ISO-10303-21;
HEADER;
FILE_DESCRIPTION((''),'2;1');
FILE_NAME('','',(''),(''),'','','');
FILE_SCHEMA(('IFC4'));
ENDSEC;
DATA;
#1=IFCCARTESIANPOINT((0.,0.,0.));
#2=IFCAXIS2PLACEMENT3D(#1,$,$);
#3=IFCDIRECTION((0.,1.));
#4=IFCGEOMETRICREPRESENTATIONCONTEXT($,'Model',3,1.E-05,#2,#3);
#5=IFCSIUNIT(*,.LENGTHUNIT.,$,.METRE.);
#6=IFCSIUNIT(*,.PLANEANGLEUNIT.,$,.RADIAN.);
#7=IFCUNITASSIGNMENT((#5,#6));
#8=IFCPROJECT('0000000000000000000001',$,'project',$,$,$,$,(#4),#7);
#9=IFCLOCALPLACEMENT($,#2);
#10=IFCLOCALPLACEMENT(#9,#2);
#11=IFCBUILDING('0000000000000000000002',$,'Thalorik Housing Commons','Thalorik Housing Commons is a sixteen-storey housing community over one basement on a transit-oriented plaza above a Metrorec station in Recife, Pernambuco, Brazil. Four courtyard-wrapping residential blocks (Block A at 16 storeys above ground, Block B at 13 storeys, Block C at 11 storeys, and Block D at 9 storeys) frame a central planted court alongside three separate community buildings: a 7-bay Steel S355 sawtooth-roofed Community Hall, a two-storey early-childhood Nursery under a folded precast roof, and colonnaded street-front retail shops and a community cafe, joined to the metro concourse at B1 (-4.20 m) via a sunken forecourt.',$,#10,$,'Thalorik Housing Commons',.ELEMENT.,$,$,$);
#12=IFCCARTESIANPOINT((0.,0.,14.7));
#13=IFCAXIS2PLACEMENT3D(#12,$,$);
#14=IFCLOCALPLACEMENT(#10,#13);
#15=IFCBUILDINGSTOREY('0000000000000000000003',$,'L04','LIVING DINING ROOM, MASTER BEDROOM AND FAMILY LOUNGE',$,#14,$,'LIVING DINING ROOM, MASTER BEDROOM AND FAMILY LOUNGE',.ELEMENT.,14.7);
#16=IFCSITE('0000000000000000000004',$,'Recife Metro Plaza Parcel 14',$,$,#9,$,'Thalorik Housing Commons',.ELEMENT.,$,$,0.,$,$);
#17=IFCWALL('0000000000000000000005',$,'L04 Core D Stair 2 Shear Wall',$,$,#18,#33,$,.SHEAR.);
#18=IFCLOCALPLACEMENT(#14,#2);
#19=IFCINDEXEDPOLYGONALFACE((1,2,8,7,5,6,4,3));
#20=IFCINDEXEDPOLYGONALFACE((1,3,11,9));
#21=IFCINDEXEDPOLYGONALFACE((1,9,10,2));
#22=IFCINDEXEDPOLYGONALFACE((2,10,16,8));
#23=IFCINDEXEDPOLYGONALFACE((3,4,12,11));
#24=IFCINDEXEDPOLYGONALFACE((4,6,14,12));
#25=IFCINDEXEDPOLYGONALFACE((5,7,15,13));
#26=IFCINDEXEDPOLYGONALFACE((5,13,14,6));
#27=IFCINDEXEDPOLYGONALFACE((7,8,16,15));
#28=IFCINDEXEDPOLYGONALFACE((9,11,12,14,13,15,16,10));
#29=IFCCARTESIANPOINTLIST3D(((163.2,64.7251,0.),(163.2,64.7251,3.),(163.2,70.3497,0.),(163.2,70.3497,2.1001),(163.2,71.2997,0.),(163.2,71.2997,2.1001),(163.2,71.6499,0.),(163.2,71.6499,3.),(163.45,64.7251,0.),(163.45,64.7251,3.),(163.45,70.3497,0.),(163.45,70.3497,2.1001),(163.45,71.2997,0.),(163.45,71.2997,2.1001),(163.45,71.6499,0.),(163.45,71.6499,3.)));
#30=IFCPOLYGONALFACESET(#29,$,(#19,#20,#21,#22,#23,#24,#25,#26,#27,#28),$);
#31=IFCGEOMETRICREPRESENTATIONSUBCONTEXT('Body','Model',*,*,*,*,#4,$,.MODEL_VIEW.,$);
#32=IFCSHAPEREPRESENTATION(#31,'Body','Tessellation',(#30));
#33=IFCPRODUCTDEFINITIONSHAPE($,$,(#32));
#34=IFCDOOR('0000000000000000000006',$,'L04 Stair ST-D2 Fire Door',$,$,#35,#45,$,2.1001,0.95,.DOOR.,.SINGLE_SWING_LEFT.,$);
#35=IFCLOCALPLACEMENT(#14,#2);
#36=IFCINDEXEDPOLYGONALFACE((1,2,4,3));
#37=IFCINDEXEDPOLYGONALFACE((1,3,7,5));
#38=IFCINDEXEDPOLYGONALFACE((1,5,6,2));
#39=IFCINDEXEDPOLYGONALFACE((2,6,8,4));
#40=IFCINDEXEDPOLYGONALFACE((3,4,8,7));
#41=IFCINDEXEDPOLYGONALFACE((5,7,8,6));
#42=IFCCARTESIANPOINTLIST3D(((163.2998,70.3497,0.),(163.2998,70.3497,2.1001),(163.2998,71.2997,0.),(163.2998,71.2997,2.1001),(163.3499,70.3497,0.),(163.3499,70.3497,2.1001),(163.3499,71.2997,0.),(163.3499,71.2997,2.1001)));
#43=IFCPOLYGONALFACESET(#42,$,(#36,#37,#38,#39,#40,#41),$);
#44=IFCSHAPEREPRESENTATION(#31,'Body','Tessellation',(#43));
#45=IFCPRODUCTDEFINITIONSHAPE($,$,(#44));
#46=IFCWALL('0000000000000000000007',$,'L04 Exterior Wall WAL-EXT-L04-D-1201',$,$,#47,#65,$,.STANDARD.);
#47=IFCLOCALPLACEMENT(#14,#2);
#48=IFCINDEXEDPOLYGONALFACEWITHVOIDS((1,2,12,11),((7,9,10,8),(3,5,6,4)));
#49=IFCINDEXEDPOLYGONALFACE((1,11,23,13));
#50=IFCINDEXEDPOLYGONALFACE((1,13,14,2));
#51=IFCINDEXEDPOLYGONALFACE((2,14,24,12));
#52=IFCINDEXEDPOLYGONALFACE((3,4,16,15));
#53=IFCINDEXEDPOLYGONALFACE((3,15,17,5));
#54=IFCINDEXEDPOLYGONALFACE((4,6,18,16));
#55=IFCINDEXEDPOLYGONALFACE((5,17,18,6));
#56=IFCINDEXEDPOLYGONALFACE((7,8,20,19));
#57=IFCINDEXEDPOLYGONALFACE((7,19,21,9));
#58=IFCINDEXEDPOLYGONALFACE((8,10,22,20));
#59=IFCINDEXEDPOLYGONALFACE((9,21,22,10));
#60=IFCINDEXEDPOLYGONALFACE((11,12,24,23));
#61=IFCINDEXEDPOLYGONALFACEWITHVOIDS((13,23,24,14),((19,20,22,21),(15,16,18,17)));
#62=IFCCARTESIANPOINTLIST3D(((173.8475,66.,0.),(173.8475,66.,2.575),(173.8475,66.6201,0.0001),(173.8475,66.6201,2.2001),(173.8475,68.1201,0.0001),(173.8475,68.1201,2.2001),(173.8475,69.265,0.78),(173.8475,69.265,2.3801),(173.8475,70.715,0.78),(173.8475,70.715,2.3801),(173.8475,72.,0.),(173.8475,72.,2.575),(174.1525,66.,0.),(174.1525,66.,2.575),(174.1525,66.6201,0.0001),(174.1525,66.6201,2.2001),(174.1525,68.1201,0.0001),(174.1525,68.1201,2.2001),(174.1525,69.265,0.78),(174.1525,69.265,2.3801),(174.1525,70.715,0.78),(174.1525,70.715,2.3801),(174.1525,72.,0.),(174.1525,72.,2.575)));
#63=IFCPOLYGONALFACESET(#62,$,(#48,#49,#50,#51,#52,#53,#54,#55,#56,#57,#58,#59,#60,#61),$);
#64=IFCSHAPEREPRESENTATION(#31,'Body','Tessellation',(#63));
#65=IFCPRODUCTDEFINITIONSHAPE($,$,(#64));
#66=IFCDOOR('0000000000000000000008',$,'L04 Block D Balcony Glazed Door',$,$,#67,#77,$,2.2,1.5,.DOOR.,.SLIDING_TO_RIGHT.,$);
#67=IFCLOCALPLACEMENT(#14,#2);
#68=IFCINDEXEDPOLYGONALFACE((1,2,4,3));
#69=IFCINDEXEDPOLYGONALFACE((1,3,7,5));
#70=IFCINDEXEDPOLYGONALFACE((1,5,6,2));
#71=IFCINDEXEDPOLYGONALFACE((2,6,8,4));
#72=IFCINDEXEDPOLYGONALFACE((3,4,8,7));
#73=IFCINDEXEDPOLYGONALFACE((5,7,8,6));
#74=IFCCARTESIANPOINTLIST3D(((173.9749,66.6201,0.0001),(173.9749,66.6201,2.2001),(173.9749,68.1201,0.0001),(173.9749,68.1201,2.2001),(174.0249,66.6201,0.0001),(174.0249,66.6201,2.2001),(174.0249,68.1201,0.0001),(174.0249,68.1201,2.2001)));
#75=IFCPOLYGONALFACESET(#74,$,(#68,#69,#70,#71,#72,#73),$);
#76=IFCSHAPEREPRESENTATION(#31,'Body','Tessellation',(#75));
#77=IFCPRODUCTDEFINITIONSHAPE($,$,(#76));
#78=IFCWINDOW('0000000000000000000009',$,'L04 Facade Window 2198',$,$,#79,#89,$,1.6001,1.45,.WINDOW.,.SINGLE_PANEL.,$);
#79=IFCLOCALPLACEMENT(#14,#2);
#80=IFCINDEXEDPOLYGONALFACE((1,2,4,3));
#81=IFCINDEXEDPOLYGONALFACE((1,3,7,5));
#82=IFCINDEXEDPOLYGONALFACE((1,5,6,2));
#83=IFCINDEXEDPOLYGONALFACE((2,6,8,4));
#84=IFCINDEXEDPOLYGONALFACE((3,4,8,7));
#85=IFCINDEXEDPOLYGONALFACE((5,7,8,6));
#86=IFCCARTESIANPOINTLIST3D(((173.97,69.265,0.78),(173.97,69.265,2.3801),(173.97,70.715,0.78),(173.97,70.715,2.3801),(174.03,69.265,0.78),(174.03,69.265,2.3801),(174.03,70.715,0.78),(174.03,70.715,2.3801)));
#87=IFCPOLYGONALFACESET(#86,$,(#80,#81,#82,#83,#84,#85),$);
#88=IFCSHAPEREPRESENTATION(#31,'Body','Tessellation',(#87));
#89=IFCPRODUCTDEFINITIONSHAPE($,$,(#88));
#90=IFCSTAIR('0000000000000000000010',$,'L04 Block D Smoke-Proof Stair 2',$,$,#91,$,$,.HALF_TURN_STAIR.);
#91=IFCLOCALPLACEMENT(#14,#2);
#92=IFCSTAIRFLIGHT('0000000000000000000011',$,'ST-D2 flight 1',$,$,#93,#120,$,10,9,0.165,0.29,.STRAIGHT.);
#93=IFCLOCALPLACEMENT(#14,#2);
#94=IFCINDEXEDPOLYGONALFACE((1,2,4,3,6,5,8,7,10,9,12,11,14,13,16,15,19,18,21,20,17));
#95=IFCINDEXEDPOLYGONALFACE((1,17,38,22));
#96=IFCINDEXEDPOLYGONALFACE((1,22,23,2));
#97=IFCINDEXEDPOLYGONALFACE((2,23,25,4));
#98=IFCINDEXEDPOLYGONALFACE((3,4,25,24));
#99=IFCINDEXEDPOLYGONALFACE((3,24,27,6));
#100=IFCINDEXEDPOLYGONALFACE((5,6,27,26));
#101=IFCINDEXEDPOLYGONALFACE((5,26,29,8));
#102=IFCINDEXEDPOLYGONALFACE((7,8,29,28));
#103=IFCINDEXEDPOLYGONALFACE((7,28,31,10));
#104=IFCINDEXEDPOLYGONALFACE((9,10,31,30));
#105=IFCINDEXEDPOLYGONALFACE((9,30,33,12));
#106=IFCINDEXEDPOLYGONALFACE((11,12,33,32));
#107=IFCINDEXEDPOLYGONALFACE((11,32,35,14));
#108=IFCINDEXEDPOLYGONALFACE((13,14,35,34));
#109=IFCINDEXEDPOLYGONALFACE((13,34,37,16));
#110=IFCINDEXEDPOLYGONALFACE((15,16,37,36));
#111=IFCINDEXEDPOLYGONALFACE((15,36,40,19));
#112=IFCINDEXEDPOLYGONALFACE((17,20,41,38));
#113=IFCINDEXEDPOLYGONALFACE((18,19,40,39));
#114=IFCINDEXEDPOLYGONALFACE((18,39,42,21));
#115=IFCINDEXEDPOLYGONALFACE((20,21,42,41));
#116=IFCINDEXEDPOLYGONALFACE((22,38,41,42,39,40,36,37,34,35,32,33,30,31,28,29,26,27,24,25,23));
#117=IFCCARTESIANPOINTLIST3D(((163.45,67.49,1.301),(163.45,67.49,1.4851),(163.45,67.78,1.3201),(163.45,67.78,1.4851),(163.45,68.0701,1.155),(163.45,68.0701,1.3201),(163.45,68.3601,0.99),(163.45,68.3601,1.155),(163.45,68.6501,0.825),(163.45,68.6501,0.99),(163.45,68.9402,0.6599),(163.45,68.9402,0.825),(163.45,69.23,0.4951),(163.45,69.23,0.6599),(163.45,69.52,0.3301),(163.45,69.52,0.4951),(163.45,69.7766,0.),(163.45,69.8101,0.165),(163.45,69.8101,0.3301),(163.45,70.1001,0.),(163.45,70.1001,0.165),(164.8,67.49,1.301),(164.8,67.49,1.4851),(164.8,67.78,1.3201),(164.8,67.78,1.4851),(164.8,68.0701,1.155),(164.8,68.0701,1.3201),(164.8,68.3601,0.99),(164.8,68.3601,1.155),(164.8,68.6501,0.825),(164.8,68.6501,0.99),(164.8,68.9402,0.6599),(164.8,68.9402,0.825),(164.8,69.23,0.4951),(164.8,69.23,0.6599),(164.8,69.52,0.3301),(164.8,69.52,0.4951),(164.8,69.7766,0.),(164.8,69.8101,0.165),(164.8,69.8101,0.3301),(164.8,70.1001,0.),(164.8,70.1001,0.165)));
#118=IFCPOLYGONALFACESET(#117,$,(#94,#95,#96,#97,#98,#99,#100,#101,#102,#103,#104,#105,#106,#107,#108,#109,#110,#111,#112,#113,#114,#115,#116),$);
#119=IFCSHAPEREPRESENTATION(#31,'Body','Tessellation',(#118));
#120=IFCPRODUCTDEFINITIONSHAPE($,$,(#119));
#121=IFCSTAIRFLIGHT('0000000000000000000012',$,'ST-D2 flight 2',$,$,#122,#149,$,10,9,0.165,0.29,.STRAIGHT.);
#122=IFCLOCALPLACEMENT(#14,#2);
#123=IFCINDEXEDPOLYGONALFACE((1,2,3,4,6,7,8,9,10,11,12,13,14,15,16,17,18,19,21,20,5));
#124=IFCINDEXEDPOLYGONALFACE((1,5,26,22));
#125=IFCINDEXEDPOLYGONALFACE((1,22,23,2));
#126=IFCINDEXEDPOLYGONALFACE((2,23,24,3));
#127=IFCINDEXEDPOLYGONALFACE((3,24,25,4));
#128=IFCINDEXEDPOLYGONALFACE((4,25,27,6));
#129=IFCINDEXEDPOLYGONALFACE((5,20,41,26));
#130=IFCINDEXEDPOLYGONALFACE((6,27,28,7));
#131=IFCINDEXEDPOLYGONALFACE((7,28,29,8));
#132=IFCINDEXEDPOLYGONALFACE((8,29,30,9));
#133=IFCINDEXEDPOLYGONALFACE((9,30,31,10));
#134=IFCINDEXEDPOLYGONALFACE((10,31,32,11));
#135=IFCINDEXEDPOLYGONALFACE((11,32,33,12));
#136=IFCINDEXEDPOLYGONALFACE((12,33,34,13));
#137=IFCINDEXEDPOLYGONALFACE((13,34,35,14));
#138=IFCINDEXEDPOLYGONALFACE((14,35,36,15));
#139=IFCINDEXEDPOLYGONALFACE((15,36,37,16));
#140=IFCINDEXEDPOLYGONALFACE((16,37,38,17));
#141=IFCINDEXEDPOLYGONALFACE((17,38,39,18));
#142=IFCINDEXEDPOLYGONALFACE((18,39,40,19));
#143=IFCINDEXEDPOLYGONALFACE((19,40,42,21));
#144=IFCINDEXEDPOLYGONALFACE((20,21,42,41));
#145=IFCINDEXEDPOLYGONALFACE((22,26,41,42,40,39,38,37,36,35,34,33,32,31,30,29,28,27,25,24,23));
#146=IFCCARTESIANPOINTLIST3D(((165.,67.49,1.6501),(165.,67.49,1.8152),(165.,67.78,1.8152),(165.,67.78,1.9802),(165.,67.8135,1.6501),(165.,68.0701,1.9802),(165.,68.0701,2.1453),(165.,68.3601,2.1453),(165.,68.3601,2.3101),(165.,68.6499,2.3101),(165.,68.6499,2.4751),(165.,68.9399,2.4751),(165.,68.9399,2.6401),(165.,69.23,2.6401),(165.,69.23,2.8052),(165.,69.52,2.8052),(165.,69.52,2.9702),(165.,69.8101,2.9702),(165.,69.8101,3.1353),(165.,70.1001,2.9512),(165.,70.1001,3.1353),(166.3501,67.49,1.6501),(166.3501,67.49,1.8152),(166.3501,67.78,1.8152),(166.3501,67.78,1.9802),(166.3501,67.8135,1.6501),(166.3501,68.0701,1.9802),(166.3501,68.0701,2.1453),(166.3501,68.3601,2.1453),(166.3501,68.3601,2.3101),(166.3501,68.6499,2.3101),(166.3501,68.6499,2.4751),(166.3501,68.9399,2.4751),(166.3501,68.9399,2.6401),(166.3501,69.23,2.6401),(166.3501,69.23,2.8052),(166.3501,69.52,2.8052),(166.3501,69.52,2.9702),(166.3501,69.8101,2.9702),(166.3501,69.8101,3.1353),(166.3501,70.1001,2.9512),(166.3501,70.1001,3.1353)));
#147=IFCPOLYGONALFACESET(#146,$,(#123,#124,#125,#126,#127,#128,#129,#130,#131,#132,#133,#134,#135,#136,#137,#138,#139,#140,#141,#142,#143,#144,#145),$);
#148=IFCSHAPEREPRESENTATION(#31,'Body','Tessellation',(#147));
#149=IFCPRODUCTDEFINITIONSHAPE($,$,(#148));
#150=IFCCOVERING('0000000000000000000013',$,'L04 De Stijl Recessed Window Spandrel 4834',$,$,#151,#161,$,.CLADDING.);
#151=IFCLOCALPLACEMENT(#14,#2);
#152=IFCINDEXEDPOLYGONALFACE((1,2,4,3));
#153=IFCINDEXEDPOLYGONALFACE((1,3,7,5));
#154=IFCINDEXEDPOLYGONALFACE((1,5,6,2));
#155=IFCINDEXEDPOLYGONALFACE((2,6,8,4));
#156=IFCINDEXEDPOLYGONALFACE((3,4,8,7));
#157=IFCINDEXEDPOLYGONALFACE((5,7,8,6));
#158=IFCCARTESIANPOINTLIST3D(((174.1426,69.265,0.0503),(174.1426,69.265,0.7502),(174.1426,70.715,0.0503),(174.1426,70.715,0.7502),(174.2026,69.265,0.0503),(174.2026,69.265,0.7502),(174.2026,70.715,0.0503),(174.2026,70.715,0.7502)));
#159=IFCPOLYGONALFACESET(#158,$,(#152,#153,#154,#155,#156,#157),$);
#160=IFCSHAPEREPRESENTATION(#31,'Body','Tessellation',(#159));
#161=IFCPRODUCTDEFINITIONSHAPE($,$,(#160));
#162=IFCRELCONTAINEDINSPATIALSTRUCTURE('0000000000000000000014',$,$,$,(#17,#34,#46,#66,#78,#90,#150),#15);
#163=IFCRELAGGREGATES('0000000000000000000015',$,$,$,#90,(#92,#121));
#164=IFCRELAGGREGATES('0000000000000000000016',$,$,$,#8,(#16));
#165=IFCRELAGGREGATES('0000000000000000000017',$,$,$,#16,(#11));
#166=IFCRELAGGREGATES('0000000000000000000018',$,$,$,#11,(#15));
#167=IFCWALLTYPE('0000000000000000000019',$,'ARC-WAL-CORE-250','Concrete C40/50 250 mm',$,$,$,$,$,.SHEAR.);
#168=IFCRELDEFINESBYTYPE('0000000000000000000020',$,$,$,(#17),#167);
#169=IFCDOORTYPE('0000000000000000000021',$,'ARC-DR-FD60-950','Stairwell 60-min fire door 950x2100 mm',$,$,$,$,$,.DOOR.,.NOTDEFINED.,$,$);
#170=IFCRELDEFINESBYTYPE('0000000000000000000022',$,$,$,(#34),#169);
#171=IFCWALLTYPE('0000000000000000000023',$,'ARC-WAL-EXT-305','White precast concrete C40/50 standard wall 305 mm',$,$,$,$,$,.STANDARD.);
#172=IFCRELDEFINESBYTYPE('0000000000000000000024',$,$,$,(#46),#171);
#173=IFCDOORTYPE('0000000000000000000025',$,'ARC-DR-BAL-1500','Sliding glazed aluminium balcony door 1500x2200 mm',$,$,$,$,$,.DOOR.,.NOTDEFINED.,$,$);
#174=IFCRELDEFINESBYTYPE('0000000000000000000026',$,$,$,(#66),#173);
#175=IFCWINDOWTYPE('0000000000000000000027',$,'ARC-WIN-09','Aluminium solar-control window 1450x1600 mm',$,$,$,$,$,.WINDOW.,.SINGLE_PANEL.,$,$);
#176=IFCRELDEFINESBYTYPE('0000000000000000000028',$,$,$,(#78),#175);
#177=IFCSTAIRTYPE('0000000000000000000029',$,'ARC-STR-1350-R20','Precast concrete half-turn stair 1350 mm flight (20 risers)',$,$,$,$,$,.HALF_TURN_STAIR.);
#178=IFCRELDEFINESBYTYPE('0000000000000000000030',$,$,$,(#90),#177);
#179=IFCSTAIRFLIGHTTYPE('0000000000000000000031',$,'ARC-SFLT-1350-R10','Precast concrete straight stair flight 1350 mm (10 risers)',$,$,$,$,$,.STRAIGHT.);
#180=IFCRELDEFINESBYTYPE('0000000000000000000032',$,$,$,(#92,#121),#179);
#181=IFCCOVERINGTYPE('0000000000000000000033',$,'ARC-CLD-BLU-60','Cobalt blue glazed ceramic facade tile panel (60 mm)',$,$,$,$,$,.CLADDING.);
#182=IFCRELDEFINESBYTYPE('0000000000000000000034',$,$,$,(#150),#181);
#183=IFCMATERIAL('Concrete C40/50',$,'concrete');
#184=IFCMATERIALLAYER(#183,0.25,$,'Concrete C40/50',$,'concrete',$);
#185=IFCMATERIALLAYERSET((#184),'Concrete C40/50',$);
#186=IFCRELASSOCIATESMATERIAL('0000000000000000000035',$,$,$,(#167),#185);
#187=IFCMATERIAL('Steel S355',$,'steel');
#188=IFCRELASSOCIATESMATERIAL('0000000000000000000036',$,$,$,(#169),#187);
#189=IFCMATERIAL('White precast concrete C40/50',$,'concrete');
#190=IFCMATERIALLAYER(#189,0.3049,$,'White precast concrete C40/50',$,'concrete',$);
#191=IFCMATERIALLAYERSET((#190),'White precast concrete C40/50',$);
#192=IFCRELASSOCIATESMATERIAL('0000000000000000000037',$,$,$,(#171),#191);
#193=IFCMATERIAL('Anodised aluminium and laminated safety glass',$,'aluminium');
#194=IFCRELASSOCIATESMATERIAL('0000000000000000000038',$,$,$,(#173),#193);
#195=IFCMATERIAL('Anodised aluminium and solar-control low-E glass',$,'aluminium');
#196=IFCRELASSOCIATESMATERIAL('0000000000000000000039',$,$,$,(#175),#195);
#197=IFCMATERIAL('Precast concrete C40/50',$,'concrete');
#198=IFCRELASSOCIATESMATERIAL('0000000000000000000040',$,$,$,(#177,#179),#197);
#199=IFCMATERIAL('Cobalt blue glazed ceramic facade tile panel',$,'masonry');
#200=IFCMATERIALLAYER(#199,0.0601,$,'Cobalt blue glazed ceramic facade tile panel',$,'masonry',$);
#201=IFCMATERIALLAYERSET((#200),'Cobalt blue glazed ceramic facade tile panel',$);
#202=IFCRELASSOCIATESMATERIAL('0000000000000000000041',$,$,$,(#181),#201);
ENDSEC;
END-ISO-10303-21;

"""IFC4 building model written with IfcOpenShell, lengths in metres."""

from ifc_helpers import new_model, si_unit, direction, frame, frame_2d, origin, origin_2d, place, context, subcontext, project, spatial, polyline, rectangle, outline, extrude, material, layer, layer_set, type_object, element, fill, aggregate, save


model = new_model("IFC4")

# Units and contexts
model_context = context("Model", 3, precision=1e-05, world=origin(), true_north=direction((0.0, 1.0)))
body_context = subcontext(model_context, "Body", "Model", "MODEL_VIEW")
ifc_project = project(units=[si_unit("LENGTHUNIT", "METRE"), si_unit("PLANEANGLEUNIT", "RADIAN")], contexts=[model_context])

# Site, building, storey
site_placement = place(None, origin())
site = spatial("IfcSite", under=ifc_project, at=site_placement, Name="Recife Metro Plaza Parcel 14", LongName="Thalorik Housing Commons", CompositionType="ELEMENT", RefElevation=0.0)
building_placement = place(site_placement, origin())
building = spatial("IfcBuilding", under=site, at=building_placement, Name="Thalorik Housing Commons", Description="Thalorik Housing Commons is a sixteen-storey housing community over one basement on a transit-oriented plaza above a Metrorec station in Recife, Pernambuco, Brazil. Four courtyard-wrapping residential blocks (Block A at 16 storeys above ground, Block B at 13 storeys, Block C at 11 storeys, and Block D at 9 storeys) frame a central planted court alongside three separate community buildings: a 7-bay Steel S355 sawtooth-roofed Community Hall, a two-storey early-childhood Nursery under a folded precast roof, and colonnaded street-front retail shops and a community cafe, joined to the metro concourse at B1 (-4.20 m) via a sunken forecourt.", LongName="Thalorik Housing Commons", CompositionType="ELEMENT")
storey_placement = place(building_placement, frame((0.0, 0.0, 14.7)))
storey = spatial("IfcBuildingStorey", under=building, at=storey_placement, Name="L04", Description="LIVING DINING ROOM, MASTER BEDROOM AND FAMILY LOUNGE", LongName="LIVING DINING ROOM, MASTER BEDROOM AND FAMILY LOUNGE", CompositionType="ELEMENT", Elevation=14.7)

# Shared definitions
ifc_material_1 = material(Name="Precast concrete C40/50", Category="concrete")

# Shared definitions
ifc_material_2 = material(Name="Anodised aluminium and solar-control low-E glass", Category="aluminium")

# Shared definitions
ifc_material_3 = material(Name="Concrete C40/50", Category="concrete")
ifc_layer_1 = layer(ifc_material_3, 0.25, Name="Concrete C40/50", Category="concrete")
ifc_layer_set_1 = layer_set([ifc_layer_1], Name="Concrete C40/50")
wall_type_1 = type_object("IfcWallType", Name="ARC-WAL-CORE-250", Description="Concrete C40/50 250 mm", PredefinedType="SHEAR", material=ifc_layer_set_1)

# Wall, opening, door
wall_1_placement = place(storey_placement, frame((163.325, 71.6499, 0.0), z_axis=(0.0, 0.0, 1.0), x_axis=(0.0, -1.0, 0.0)))
wall_1 = element("IfcWall", 1, at=wall_1_placement, inside=storey, type_object=wall_type_1, Name="L04 Core D Stair 2 Shear Wall", PredefinedType="SHEAR", context=body_context, shape_type="SweptSolid", body=[
    extrude(rectangle(XDim=6.9248, YDim=0.25, at=frame_2d((3.4624, 0.0))), origin(), (0.0, 0.0, 1.0), 3.0),
])
opening_1_placement = place(wall_1_placement, frame((0.3501, 0.0, 0.0)))
opening_1 = element("IfcOpeningElement", 2, at=opening_1_placement, cuts=wall_1, PredefinedType="OPENING", context=body_context, shape_type="SweptSolid", body=[
    extrude(rectangle(XDim=0.95, YDim=2.1001, at=frame_2d((0.4751, 1.05))), frame((0.0, 0.135, 0.0), z_axis=(0.0, -1.0, 0.0), x_axis=(1.0, 0.0, 0.0)), (0.0, 0.0, 1.0), 0.27),
])
ifc_material_4 = material(Name="Steel S355", Category="steel")
door_type_1 = type_object("IfcDoorType", Name="ARC-DR-FD60-950", Description="Stairwell 60-min fire door 950x2100 mm", OperationType="NOTDEFINED", PredefinedType="DOOR", material=ifc_material_4)
door_1_placement = place(opening_1_placement, origin())
door_1 = element("IfcDoor", 3, at=door_1_placement, inside=storey, type_object=door_type_1, Name="L04 Stair ST-D2 Fire Door", OperationType="SINGLE_SWING_LEFT", OverallHeight=2.1001, OverallWidth=0.95, PredefinedType="DOOR", context=body_context, shape_type="SweptSolid", body=[
    extrude(rectangle(XDim=0.95, YDim=2.1001, at=frame_2d((0.4751, 1.05))), frame((0.0, 0.0249, 0.0), z_axis=(0.0, -1.0, 0.0), x_axis=(1.0, 0.0, 0.0)), (0.0, 0.0, 1.0), 0.05),
])
fill(opening_1, door_1)

# Wall, openings, door, window
ifc_material_5 = material(Name="White precast concrete C40/50", Category="concrete")
ifc_layer_2 = layer(ifc_material_5, 0.3049, Name="White precast concrete C40/50", Category="concrete")
ifc_layer_set_2 = layer_set([ifc_layer_2], Name="White precast concrete C40/50")
wall_type_2 = type_object("IfcWallType", Name="ARC-WAL-EXT-305", Description="White precast concrete C40/50 standard wall 305 mm", PredefinedType="STANDARD", material=ifc_layer_set_2)
wall_2_placement = place(storey_placement, frame((174.0, 66.0, 0.0), z_axis=(0.0, 0.0, 1.0), x_axis=(0.0, 1.0, 0.0)))
wall_2 = element("IfcWall", 4, at=wall_2_placement, inside=storey, type_object=wall_type_2, Name="L04 Exterior Wall WAL-EXT-L04-D-1201", PredefinedType="STANDARD", context=body_context, shape_type="SweptSolid", body=[
    extrude(rectangle(XDim=6.0, YDim=0.3049, at=frame_2d((3.0, 0.0))), origin(), (0.0, 0.0, 1.0), 2.575),
])
opening_2_placement = place(wall_2_placement, frame((0.6201, 0.0, 0.0)))
opening_2 = element("IfcOpeningElement", 5, at=opening_2_placement, cuts=wall_2, PredefinedType="OPENING", context=body_context, shape_type="SweptSolid", body=[
    extrude(rectangle(XDim=1.5, YDim=2.2, at=frame_2d((0.75, 1.1001))), frame((0.0, 0.1626, 0.0), z_axis=(0.0, -1.0, 0.0), x_axis=(1.0, 0.0, 0.0)), (0.0, 0.0, 1.0), 0.325),
])
opening_3_placement = place(wall_2_placement, frame((3.2649, 0.0, 0.78)))
opening_3 = element("IfcOpeningElement", 6, at=opening_3_placement, cuts=wall_2, PredefinedType="OPENING", context=body_context, shape_type="SweptSolid", body=[
    extrude(rectangle(XDim=1.45, YDim=1.6001, at=frame_2d((0.7251, 0.8))), frame((0.0, 0.1626, 0.0), z_axis=(0.0, -1.0, 0.0), x_axis=(1.0, 0.0, 0.0)), (0.0, 0.0, 1.0), 0.325),
])
ifc_material_6 = material(Name="Anodised aluminium and laminated safety glass", Category="aluminium")
door_type_2 = type_object("IfcDoorType", Name="ARC-DR-BAL-1500", Description="Sliding glazed aluminium balcony door 1500x2200 mm", OperationType="NOTDEFINED", PredefinedType="DOOR", material=ifc_material_6)
door_2_placement = place(opening_2_placement, frame((1.5, 0.0, 0.0), z_axis=(0.0, 0.0, 1.0), x_axis=(-1.0, 0.0, 0.0)))
door_2 = element("IfcDoor", 7, at=door_2_placement, inside=storey, type_object=door_type_2, Name="L04 Block D Balcony Glazed Door", OperationType="SLIDING_TO_RIGHT", OverallHeight=2.2, OverallWidth=1.5, PredefinedType="DOOR", context=body_context, shape_type="SweptSolid", body=[
    extrude(rectangle(XDim=1.5, YDim=2.2, at=frame_2d((0.75, 1.1001))), frame((0.0, 0.0249, 0.0), z_axis=(0.0, -1.0, 0.0), x_axis=(1.0, 0.0, 0.0)), (0.0, 0.0, 1.0), 0.05),
])
fill(opening_2, door_2)
window_type = type_object("IfcWindowType", Name="ARC-WIN-09", Description="Aluminium solar-control window 1450x1600 mm", PartitioningType="SINGLE_PANEL", PredefinedType="WINDOW", material=ifc_material_2)
window_placement = place(opening_3_placement, origin())
window = element("IfcWindow", 8, at=window_placement, inside=storey, type_object=window_type, Name="L04 Facade Window 2198", OverallHeight=1.6001, OverallWidth=1.45, PartitioningType="SINGLE_PANEL", PredefinedType="WINDOW", context=body_context, shape_type="SweptSolid", body=[
    extrude(rectangle(XDim=1.45, YDim=1.6001, at=frame_2d((0.7251, 0.8))), frame((0.0, 0.03, 0.0), z_axis=(0.0, -1.0, 0.0), x_axis=(1.0, 0.0, 0.0)), (0.0, 0.0, 1.0), 0.0601),
])
fill(opening_3, window)

# Stair, stair flights
stair_type = type_object("IfcStairType", Name="ARC-STR-1350-R20", Description="Precast concrete half-turn stair 1350 mm flight (20 risers)", PredefinedType="HALF_TURN_STAIR", material=ifc_material_1)
stair_placement = place(storey_placement, origin())
stair = element("IfcStair", 9, at=stair_placement, inside=storey, type_object=stair_type, Name="L04 Block D Smoke-Proof Stair 2", PredefinedType="HALF_TURN_STAIR")
stair_flight_type = type_object("IfcStairFlightType", Name="ARC-SFLT-1350-R10", Description="Precast concrete straight stair flight 1350 mm (10 risers)", PredefinedType="STRAIGHT", material=ifc_material_1)
stair_flight_1_placement = place(storey_placement, frame((164.125, 70.1001, 0.0), z_axis=(0.0, 0.0, 1.0), x_axis=(0.0, -1.0, 0.0)))
stair_flight_1 = element("IfcStairFlight", 10, at=stair_flight_1_placement, type_object=stair_flight_type, Name="ST-D2 flight 1", NumberOfRisers=10, NumberOfTreads=9, PredefinedType="STRAIGHT", RiserHeight=0.165, TreadLength=0.29, context=body_context, shape_type="SweptSolid", body=[
    extrude(outline(polyline([(0.0, 0.0), (0.0, 0.165), (0.29, 0.165), (0.29, 0.3301), (0.5801, 0.3301), (0.5801, 0.4951), (0.8701, 0.4951), (0.8701, 0.6599), (1.1599, 0.6599), (1.1599, 0.825), (1.45, 0.825), (1.45, 0.99), (1.74, 0.99), (1.74, 1.155), (2.03, 1.155), (2.03, 1.3201), (2.3201, 1.3201), (2.3201, 1.4851), (2.6101, 1.4851), (2.6101, 1.6499), (2.6101, 1.301), (0.3235, 0.0), (0.0, 0.0)])), frame((0.0, 0.675, 0.0), z_axis=(0.0, -1.0, 0.0), x_axis=(1.0, 0.0, 0.0)), (0.0, 0.0, 1.0), 1.3501),
])
stair_flight_2_placement = place(storey_placement, frame((165.675, 67.49, 1.6501), z_axis=(0.0, 0.0, 1.0), x_axis=(0.0, 1.0, 0.0)))
stair_flight_2 = element("IfcStairFlight", 11, at=stair_flight_2_placement, type_object=stair_flight_type, Name="ST-D2 flight 2", NumberOfRisers=10, NumberOfTreads=9, PredefinedType="STRAIGHT", RiserHeight=0.165, TreadLength=0.29, context=body_context, shape_type="SweptSolid", body=[
    extrude(outline(polyline([(0.0, 0.0), (0.0, 0.165), (0.29, 0.165), (0.29, 0.3301), (0.5801, 0.3301), (0.5801, 0.4951), (0.8701, 0.4951), (0.8701, 0.6599), (1.1599, 0.6599), (1.1599, 0.825), (1.45, 0.825), (1.45, 0.99), (1.74, 0.99), (1.74, 1.155), (2.03, 1.155), (2.03, 1.3201), (2.3201, 1.3201), (2.3201, 1.4851), (2.6101, 1.4851), (2.6101, 1.6499), (2.6101, 1.301), (0.3235, 0.0), (0.0, 0.0)])), frame((0.0, 0.675, 0.0), z_axis=(0.0, -1.0, 0.0), x_axis=(1.0, 0.0, 0.0)), (0.0, 0.0, 1.0), 1.3501),
])
aggregate(stair, [stair_flight_1, stair_flight_2])

# Covering
ifc_material_7 = material(Name="Cobalt blue glazed ceramic facade tile panel", Category="masonry")
ifc_layer_3 = layer(ifc_material_7, 0.0601, Name="Cobalt blue glazed ceramic facade tile panel", Category="masonry")
ifc_layer_set_3 = layer_set([ifc_layer_3], Name="Cobalt blue glazed ceramic facade tile panel")
covering_type_1 = type_object("IfcCoveringType", Name="ARC-CLD-BLU-60", Description="Cobalt blue glazed ceramic facade tile panel (60 mm)", PredefinedType="CLADDING", material=ifc_layer_set_3)
covering_1_placement = place(storey_placement, frame((174.1726, 69.99, 0.0503), z_axis=(0.0, 0.0, 1.0), x_axis=(0.0, 1.0, 0.0)))
element("IfcCovering", 12, at=covering_1_placement, inside=storey, type_object=covering_type_1, Name="L04 De Stijl Recessed Window Spandrel 4834", PredefinedType="CLADDING", context=body_context, shape_type="SweptSolid", body=[
    extrude(rectangle(XDim=1.45, YDim=0.0601, at=origin_2d()), origin(), (0.0, 0.0, 1.0), 0.7),
])

save(model, "model.ifc")
